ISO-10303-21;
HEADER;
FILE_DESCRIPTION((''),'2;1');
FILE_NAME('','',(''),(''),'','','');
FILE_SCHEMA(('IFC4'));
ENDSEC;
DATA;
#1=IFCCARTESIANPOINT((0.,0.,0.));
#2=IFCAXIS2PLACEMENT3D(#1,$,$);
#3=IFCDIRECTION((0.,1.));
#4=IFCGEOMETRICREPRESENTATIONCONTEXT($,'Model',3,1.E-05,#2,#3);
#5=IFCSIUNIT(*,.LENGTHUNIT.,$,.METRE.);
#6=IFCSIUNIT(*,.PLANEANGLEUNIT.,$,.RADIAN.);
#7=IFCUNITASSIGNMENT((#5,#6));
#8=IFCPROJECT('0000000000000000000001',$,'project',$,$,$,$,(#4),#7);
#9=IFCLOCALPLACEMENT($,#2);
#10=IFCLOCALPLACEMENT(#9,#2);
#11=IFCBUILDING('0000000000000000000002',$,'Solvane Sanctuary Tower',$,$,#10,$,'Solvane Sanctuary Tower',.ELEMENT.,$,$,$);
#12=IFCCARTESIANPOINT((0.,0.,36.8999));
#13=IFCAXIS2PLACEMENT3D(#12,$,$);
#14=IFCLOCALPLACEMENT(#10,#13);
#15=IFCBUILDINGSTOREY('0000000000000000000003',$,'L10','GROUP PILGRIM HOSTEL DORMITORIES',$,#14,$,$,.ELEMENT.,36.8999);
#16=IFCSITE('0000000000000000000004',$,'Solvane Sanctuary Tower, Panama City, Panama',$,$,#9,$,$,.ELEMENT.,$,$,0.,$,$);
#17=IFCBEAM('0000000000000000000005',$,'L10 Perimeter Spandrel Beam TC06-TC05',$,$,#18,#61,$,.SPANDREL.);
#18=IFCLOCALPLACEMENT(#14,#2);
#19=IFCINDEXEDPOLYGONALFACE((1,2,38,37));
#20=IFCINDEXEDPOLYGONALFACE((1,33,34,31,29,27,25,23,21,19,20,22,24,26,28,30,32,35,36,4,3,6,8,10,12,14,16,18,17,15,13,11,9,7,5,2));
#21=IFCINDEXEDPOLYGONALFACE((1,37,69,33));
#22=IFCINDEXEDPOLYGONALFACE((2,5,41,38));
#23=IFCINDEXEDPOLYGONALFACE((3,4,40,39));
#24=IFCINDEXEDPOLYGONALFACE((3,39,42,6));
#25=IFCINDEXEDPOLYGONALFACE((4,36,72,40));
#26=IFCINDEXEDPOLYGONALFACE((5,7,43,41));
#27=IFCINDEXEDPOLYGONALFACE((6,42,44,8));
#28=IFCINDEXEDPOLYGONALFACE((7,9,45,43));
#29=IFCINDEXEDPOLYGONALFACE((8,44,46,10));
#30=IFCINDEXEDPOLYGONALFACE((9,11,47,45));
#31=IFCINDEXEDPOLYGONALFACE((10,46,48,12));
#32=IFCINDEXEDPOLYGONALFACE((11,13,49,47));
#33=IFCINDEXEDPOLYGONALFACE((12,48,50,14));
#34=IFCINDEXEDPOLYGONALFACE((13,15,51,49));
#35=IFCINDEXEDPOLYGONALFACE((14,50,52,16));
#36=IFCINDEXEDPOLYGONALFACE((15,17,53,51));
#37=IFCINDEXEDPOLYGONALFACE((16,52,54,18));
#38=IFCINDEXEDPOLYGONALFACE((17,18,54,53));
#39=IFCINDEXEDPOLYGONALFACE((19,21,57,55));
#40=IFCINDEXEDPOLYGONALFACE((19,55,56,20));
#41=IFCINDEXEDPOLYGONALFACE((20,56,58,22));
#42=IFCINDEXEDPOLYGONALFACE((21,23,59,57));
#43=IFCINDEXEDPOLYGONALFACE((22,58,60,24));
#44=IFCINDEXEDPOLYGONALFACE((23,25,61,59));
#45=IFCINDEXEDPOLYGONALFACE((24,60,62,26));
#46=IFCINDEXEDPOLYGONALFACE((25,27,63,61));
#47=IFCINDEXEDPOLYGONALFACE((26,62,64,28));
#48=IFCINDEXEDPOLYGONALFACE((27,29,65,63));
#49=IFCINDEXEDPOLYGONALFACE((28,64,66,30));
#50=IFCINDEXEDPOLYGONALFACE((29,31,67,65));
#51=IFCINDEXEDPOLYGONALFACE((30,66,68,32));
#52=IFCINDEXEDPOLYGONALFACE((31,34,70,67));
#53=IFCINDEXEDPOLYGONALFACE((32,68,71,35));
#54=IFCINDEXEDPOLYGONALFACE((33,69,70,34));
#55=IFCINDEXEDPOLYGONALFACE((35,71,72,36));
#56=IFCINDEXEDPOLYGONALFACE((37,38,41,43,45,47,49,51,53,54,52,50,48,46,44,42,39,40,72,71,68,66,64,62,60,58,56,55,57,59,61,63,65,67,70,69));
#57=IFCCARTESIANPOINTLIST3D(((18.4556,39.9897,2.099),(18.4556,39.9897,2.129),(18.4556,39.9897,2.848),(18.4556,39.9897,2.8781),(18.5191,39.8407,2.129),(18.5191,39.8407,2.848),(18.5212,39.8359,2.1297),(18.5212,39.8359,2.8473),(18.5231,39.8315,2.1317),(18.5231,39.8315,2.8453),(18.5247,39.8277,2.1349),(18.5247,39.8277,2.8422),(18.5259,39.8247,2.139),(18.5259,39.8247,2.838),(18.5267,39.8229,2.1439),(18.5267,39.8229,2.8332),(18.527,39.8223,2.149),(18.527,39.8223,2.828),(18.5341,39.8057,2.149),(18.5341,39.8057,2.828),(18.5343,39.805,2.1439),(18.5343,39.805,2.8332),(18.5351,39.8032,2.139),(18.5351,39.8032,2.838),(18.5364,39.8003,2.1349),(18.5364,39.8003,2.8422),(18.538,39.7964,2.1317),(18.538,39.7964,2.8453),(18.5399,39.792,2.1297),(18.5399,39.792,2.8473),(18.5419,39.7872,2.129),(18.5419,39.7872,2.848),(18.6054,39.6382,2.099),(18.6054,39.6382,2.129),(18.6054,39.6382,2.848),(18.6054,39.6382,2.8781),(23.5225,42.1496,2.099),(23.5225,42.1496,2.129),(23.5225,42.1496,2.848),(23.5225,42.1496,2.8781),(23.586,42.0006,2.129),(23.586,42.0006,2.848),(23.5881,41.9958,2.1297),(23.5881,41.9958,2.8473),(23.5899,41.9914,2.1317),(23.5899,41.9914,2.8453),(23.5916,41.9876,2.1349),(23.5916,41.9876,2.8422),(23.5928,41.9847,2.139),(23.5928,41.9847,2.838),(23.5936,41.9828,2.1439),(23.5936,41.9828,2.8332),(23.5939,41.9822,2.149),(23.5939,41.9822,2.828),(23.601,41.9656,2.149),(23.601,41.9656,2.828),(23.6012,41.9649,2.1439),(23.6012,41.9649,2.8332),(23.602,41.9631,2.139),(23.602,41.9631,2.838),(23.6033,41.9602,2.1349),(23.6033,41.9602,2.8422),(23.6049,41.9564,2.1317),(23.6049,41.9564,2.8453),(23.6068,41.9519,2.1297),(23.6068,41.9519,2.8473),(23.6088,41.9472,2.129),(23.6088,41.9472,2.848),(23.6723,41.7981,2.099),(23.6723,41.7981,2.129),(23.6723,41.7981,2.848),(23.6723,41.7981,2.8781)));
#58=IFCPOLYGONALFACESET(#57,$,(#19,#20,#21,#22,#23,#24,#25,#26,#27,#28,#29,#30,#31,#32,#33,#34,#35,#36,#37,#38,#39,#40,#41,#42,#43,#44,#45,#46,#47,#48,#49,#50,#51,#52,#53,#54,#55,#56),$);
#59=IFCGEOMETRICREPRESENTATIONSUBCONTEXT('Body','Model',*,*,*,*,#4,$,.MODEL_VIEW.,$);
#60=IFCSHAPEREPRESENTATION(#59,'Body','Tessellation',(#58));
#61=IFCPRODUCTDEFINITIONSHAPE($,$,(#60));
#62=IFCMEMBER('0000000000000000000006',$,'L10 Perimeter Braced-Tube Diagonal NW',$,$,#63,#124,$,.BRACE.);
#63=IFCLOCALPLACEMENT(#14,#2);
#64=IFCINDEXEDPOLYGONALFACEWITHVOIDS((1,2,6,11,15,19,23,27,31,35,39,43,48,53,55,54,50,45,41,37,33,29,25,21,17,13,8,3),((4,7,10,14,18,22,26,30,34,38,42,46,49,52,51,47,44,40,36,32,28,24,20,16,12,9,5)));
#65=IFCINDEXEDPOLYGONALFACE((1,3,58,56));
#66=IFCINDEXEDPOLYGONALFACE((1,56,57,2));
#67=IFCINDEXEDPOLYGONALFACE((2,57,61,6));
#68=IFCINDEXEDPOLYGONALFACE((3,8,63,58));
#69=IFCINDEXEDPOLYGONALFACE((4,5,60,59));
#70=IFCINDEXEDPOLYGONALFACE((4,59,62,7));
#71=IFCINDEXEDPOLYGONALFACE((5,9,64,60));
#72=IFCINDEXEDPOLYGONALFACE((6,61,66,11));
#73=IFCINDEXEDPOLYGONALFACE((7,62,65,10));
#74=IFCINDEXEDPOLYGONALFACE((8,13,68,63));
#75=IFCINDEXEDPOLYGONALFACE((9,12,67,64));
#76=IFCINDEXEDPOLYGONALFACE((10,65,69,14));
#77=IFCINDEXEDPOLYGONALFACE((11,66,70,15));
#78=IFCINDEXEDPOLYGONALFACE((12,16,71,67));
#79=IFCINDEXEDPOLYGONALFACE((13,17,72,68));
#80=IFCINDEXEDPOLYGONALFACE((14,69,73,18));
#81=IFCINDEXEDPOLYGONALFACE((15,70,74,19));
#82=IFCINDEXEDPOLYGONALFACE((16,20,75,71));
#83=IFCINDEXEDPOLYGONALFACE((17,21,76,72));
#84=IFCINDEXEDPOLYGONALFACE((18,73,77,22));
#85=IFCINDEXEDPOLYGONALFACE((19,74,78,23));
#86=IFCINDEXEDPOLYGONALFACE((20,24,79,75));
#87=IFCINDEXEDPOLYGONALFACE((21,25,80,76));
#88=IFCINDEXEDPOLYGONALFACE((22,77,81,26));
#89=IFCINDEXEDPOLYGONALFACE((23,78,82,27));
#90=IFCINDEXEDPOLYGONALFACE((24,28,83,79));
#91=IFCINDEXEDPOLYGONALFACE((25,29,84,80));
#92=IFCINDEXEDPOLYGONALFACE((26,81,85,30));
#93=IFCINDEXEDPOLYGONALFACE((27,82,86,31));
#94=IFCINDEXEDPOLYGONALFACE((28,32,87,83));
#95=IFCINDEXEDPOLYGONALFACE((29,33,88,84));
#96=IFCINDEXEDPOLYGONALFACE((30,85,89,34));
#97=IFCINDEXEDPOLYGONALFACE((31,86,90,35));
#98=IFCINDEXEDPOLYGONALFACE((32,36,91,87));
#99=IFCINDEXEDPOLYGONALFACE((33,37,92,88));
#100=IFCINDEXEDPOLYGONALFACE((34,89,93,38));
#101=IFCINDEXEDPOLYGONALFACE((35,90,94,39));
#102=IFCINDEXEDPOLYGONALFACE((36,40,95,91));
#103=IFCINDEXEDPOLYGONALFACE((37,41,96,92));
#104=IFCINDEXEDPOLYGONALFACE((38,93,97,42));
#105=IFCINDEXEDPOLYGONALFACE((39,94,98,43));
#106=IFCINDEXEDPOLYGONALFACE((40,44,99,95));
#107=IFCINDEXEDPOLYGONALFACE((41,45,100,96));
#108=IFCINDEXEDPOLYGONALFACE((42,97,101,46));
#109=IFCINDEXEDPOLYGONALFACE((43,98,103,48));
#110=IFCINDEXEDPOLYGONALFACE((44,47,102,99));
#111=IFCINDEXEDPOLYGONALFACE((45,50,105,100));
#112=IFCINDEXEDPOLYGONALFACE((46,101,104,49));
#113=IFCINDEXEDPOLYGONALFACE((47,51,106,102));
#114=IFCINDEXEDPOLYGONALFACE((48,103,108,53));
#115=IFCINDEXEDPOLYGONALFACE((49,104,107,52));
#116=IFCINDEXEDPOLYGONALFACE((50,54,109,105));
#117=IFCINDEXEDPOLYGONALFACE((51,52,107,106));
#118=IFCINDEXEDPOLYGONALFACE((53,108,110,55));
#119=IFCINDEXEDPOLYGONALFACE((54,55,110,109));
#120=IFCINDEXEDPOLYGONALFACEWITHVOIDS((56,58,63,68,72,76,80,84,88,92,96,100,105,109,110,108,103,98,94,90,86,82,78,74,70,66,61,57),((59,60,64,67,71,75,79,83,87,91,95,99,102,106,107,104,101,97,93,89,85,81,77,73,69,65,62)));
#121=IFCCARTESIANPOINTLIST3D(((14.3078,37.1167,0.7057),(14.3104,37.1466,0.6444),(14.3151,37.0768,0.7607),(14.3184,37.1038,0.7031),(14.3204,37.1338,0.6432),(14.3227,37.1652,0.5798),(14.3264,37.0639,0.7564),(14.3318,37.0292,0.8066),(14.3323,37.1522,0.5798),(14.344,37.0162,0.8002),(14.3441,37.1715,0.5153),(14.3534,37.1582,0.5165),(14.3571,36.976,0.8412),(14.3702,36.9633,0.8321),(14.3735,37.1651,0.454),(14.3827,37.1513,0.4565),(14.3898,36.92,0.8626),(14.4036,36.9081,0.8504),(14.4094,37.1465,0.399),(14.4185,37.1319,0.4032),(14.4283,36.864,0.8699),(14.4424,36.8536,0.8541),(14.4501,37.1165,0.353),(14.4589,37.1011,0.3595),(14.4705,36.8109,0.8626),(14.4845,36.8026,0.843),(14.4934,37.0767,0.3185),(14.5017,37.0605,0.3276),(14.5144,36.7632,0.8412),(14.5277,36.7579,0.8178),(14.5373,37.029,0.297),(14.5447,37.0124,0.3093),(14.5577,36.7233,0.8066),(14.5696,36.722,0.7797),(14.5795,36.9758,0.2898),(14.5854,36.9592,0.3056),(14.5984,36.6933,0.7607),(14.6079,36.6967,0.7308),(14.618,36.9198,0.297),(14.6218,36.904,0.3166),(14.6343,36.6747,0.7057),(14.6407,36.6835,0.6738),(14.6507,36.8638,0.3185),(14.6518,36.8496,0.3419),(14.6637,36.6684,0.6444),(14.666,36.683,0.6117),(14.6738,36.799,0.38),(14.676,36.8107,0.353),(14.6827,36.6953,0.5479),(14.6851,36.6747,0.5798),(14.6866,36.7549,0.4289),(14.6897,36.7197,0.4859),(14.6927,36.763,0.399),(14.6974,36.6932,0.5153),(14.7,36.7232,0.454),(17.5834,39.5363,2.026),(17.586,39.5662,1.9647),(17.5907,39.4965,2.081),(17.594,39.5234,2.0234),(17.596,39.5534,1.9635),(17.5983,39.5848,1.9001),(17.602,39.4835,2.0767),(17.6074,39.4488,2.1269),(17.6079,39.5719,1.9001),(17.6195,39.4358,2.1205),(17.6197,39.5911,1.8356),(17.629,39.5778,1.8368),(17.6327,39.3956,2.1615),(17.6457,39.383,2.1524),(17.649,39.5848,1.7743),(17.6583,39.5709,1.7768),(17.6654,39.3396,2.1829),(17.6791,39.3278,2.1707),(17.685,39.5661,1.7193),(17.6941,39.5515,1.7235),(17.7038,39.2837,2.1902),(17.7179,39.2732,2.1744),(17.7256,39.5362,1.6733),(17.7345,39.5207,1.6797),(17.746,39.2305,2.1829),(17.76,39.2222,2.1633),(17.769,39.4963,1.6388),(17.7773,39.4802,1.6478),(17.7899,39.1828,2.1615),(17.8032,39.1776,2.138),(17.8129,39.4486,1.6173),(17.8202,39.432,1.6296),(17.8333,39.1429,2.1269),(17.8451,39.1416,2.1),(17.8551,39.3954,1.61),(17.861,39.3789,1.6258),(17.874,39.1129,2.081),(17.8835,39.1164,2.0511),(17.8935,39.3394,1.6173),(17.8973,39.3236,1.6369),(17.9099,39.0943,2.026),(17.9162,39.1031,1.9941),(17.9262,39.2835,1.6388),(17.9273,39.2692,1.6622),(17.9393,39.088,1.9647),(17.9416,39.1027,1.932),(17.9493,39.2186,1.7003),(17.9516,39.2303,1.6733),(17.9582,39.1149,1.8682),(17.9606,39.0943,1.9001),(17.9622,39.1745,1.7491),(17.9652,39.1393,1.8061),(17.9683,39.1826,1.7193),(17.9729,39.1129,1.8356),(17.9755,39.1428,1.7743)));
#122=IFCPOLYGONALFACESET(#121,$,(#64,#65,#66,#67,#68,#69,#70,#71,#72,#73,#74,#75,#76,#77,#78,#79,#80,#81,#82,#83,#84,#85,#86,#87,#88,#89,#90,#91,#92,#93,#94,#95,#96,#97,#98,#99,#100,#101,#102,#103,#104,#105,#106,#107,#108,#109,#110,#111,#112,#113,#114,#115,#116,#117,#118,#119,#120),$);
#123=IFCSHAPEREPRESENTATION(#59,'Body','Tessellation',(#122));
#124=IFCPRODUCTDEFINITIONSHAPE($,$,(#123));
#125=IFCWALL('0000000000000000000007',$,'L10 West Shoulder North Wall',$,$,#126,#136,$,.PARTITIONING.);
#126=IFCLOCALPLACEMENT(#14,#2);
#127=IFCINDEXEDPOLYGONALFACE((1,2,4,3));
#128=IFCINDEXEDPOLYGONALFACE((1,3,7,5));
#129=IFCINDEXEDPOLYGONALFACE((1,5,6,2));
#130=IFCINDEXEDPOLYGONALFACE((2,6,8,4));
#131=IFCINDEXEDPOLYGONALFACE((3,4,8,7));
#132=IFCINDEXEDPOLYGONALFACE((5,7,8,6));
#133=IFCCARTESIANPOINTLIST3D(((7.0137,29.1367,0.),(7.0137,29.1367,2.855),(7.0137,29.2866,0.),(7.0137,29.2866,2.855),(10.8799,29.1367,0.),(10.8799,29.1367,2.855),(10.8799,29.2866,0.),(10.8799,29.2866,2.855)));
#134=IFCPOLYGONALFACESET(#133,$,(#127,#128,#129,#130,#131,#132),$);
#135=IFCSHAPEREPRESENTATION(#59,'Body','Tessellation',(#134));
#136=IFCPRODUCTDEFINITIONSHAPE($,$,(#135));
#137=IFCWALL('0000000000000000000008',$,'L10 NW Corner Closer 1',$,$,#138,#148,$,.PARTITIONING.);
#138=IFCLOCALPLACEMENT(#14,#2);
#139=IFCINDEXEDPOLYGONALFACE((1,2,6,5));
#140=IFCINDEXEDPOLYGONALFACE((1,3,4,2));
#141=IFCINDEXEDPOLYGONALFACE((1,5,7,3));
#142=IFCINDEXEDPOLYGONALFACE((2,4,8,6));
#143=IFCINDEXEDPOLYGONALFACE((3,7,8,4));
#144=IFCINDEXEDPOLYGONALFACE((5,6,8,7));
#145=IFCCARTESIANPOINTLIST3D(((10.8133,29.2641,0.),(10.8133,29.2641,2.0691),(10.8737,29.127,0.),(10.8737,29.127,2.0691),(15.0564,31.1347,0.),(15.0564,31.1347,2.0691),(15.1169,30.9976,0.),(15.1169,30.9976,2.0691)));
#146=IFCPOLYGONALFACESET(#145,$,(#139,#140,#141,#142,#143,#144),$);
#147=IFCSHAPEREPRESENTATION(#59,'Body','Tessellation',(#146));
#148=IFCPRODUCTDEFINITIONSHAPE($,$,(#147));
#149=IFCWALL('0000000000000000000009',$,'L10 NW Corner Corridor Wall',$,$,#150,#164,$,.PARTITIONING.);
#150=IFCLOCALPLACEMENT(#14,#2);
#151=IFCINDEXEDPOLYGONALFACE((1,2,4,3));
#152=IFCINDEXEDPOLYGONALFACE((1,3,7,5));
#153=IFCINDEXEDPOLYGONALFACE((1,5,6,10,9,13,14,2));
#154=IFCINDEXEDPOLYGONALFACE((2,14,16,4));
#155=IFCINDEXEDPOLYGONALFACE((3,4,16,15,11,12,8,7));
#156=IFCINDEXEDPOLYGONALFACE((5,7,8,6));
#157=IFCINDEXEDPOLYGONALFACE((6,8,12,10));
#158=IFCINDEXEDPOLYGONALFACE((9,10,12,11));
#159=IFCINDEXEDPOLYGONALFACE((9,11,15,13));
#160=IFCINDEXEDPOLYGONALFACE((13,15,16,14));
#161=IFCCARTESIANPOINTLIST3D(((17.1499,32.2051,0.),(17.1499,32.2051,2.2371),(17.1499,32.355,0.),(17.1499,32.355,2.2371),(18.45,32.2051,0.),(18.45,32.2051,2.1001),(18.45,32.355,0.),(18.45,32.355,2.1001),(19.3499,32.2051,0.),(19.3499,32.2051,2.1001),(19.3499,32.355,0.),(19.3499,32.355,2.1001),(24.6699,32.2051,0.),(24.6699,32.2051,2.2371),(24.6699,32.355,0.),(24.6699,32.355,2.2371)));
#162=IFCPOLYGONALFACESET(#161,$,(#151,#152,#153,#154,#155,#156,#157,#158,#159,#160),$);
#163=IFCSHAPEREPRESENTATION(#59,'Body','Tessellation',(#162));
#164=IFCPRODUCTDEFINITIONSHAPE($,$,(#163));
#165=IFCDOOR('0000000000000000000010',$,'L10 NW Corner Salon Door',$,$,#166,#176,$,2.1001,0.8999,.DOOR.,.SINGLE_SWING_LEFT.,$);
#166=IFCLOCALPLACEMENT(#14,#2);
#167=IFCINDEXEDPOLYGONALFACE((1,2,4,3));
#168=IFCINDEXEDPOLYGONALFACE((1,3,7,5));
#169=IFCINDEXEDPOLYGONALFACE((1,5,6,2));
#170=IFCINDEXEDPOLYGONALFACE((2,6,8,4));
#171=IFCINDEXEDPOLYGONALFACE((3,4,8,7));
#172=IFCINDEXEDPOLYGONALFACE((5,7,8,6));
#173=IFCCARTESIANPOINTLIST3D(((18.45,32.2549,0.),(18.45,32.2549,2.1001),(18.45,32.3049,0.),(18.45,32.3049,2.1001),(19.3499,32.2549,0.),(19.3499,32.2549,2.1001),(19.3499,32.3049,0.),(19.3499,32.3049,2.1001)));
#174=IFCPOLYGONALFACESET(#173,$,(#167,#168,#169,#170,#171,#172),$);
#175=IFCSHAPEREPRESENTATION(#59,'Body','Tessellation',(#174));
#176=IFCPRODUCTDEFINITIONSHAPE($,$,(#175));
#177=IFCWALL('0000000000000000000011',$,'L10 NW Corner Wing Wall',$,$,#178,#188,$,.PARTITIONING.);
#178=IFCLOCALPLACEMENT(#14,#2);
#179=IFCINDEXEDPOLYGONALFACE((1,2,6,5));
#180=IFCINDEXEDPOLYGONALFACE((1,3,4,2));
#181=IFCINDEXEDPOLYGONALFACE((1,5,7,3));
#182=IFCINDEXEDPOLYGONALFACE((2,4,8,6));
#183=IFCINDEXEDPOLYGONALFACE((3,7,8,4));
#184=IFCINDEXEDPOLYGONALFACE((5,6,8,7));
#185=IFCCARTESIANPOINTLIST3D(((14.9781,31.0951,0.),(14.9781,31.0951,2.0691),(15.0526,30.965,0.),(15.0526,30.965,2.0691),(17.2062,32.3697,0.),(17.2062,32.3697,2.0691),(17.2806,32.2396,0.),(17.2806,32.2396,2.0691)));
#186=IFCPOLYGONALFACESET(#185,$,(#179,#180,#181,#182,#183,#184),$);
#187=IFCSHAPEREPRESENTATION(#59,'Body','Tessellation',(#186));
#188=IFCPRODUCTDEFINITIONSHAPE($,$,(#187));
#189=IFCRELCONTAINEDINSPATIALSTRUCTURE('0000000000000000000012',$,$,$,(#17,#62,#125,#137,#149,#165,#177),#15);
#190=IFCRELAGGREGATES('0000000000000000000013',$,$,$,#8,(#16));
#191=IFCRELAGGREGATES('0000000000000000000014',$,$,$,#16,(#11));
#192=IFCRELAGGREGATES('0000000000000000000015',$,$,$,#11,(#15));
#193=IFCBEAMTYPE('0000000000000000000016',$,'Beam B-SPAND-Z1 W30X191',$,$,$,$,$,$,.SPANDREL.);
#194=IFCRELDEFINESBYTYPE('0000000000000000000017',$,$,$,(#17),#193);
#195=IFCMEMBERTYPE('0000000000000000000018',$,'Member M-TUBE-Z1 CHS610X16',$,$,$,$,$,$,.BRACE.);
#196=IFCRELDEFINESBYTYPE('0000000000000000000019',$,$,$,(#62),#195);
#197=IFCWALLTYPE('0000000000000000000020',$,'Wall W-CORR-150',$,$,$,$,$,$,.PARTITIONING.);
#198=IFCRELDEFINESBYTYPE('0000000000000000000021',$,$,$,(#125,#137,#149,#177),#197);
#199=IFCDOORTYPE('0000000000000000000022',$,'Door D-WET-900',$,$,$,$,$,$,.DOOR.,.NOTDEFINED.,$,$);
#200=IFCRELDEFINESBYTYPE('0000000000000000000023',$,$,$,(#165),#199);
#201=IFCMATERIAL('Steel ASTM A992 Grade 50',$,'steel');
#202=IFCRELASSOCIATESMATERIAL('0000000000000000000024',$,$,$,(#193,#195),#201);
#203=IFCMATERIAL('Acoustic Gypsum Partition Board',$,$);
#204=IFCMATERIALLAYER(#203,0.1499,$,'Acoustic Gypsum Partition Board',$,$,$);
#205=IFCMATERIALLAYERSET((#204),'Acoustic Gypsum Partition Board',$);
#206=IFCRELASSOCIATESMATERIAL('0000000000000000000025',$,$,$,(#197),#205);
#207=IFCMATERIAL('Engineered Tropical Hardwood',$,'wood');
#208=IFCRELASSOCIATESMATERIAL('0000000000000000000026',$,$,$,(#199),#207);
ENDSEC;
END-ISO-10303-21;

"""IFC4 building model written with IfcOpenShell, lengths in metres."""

from ifc_helpers import new_model, si_unit, direction, frame, frame_2d, origin, origin_2d, place, context, subcontext, project, spatial, rectangle, hollow_circle, i_section, extrude, material, layer, layer_set, material_profile, profile_set, type_object, element, fill, save


model = new_model("IFC4")

# Units and contexts
model_context = context("Model", 3, precision=1e-05, world=origin(), true_north=direction((0.0, 1.0)))
body_context = subcontext(model_context, "Body", "Model", "MODEL_VIEW")
ifc_project = project(units=[si_unit("LENGTHUNIT", "METRE"), si_unit("PLANEANGLEUNIT", "RADIAN")], contexts=[model_context])

# Site, building, storey
site_placement = place(None, origin())
site = spatial("IfcSite", under=ifc_project, at=site_placement, Name="Solvane Sanctuary Tower, Panama City, Panama", CompositionType="ELEMENT", RefElevation=0.0)
building_placement = place(site_placement, origin())
building = spatial("IfcBuilding", under=site, at=building_placement, Name="Solvane Sanctuary Tower", LongName="Solvane Sanctuary Tower", CompositionType="ELEMENT")
storey_placement = place(building_placement, frame((0.0, 0.0, 36.8999)))
storey = spatial("IfcBuildingStorey", under=building, at=storey_placement, Name="L10", Description="GROUP PILGRIM HOSTEL DORMITORIES", CompositionType="ELEMENT", Elevation=36.8999)

# Beam
ifc_material_1 = material(Name="Steel ASTM A992 Grade 50", Category="steel")
ifc_material_profile_1 = material_profile(ifc_material_1, i_section(OverallWidth=0.3821, OverallDepth=0.7791, WebThickness=0.0181, FlangeThickness=0.03, FilletRadius=0.02, at=origin_2d()), Name="W30X191")
ifc_profile_set_1 = profile_set([ifc_material_profile_1], Name="Steel ASTM A992 Grade 50")
beam_type_1 = type_object("IfcBeamType", Name="Beam B-SPAND-Z1 W30X191", PredefinedType="SPANDREL", material=ifc_profile_set_1)
beam_1_placement = place(storey_placement, frame((18.5305, 39.814, 2.4885), z_axis=(0.919907, 0.392137, 0.0), x_axis=(-0.392137, 0.919907, 0.0)))
element("IfcBeam", 1, at=beam_1_placement, inside=storey, type_object=beam_type_1, Name="L10 Perimeter Spandrel Beam TC06-TC05", PredefinedType="SPANDREL", context=body_context, shape_type="SweptSolid", body=[
    extrude(i_section(OverallWidth=0.3821, OverallDepth=0.7791, WebThickness=0.0181, FlangeThickness=0.03, FilletRadius=0.02, at=origin_2d()), origin(), (0.0, 0.0, 1.0), 5.5081),
])

# Member
ifc_material_profile_2 = material_profile(ifc_material_1, hollow_circle(Radius=0.3049, WallThickness=0.0161, at=origin_2d()), Name="CHS610X16")
ifc_profile_set_2 = profile_set([ifc_material_profile_2], Name="Steel ASTM A992 Grade 50")
member_type = type_object("IfcMemberType", Name="Member M-TUBE-Z1 CHS610X16", PredefinedType="BRACE", material=ifc_profile_set_2)
member_placement = place(storey_placement, frame((14.5039, 36.9199, 0.5798), z_axis=(0.765138, 0.5652, 0.308405), x_axis=(-0.594162, 0.804346, 0.0)))
element("IfcMember", 2, at=member_placement, inside=storey, type_object=member_type, Name="L10 Perimeter Braced-Tube Diagonal NW", PredefinedType="BRACE", context=body_context, shape_type="SweptSolid", body=[
    extrude(hollow_circle(Radius=0.3049, WallThickness=0.0161, at=origin_2d()), origin(), (0.0, 0.0, 1.0), 4.281),
])

# Walls
ifc_material_2 = material(Name="Acoustic Gypsum Partition Board")
ifc_layer_1 = layer(ifc_material_2, 0.1499, Name="Acoustic Gypsum Partition Board")
ifc_layer_set_1 = layer_set([ifc_layer_1], Name="Acoustic Gypsum Partition Board")
wall_type_1 = type_object("IfcWallType", Name="Wall W-CORR-150", PredefinedType="PARTITIONING", material=ifc_layer_set_1)
wall_1_placement = place(storey_placement, frame((7.0137, 29.2117, 0.0), z_axis=(0.0, 0.0, 1.0), x_axis=(1.0, 0.0, 0.0)))
element("IfcWall", 3, at=wall_1_placement, inside=storey, type_object=wall_type_1, Name="L10 West Shoulder North Wall", PredefinedType="PARTITIONING", context=body_context, shape_type="SweptSolid", body=[
    extrude(rectangle(XDim=3.8662, YDim=0.1499, at=frame_2d((1.9331, 0.0))), origin(), (0.0, 0.0, 1.0), 2.855),
])
wall_2_placement = place(storey_placement, frame((10.8435, 29.1956, 0.0), z_axis=(0.0, 0.0, 1.0), x_axis=(0.915028, 0.403391, 0.0)))
element("IfcWall", 4, at=wall_2_placement, inside=storey, type_object=wall_type_1, Name="L10 NW Corner Closer 1", PredefinedType="PARTITIONING", context=body_context, shape_type="SweptSolid", body=[
    extrude(rectangle(XDim=4.6372, YDim=0.1499, at=frame_2d((2.3186, 0.0))), origin(), (0.0, 0.0, 1.0), 2.0691),
])

# Wall, opening, door
wall_3_placement = place(storey_placement, frame((17.1499, 32.28, 0.0), z_axis=(0.0, 0.0, 1.0), x_axis=(1.0, 0.0, 0.0)))
wall_3 = element("IfcWall", 5, at=wall_3_placement, inside=storey, type_object=wall_type_1, Name="L10 NW Corner Corridor Wall", PredefinedType="PARTITIONING", context=body_context, shape_type="SweptSolid", body=[
    extrude(rectangle(XDim=7.52, YDim=0.1499, at=frame_2d((3.76, 0.0))), origin(), (0.0, 0.0, 1.0), 2.2371),
])
opening_1_placement = place(wall_3_placement, frame((1.3, 0.0, 0.0)))
opening_1 = element("IfcOpeningElement", 6, at=opening_1_placement, cuts=wall_3, PredefinedType="OPENING", context=body_context, shape_type="SweptSolid", body=[
    extrude(rectangle(XDim=0.8999, YDim=2.1001, at=frame_2d((0.45, 1.05))), frame((0.0, 0.085, 0.0), z_axis=(0.0, -1.0, 0.0), x_axis=(1.0, 0.0, 0.0)), (0.0, 0.0, 1.0), 0.1699),
])
ifc_material_3 = material(Name="Engineered Tropical Hardwood", Category="wood")
door_type_1 = type_object("IfcDoorType", Name="Door D-WET-900", OperationType="NOTDEFINED", PredefinedType="DOOR", material=ifc_material_3)
door_1_placement = place(opening_1_placement, origin())
door_1 = element("IfcDoor", 7, at=door_1_placement, inside=storey, type_object=door_type_1, Name="L10 NW Corner Salon Door", OperationType="SINGLE_SWING_LEFT", OverallHeight=2.1001, OverallWidth=0.8999, PredefinedType="DOOR", context=body_context, shape_type="SweptSolid", body=[
    extrude(rectangle(XDim=0.8999, YDim=2.1001, at=frame_2d((0.45, 1.05))), frame((0.0, 0.0249, 0.0), z_axis=(0.0, -1.0, 0.0), x_axis=(1.0, 0.0, 0.0)), (0.0, 0.0, 1.0), 0.05),
])
fill(opening_1, door_1)

# Wall
wall_4_placement = place(storey_placement, frame((17.2434, 32.3047, 0.0), z_axis=(0.0, 0.0, 1.0), x_axis=(-0.867991, -0.496579, 0.0)))
element("IfcWall", 8, at=wall_4_placement, inside=storey, type_object=wall_type_1, Name="L10 NW Corner Wing Wall", PredefinedType="PARTITIONING", context=body_context, shape_type="SweptSolid", body=[
    extrude(rectangle(XDim=2.5669, YDim=0.1499, at=frame_2d((1.2834, 0.0))), origin(), (0.0, 0.0, 1.0), 2.0691),
])

save(model, "model.ifc")
